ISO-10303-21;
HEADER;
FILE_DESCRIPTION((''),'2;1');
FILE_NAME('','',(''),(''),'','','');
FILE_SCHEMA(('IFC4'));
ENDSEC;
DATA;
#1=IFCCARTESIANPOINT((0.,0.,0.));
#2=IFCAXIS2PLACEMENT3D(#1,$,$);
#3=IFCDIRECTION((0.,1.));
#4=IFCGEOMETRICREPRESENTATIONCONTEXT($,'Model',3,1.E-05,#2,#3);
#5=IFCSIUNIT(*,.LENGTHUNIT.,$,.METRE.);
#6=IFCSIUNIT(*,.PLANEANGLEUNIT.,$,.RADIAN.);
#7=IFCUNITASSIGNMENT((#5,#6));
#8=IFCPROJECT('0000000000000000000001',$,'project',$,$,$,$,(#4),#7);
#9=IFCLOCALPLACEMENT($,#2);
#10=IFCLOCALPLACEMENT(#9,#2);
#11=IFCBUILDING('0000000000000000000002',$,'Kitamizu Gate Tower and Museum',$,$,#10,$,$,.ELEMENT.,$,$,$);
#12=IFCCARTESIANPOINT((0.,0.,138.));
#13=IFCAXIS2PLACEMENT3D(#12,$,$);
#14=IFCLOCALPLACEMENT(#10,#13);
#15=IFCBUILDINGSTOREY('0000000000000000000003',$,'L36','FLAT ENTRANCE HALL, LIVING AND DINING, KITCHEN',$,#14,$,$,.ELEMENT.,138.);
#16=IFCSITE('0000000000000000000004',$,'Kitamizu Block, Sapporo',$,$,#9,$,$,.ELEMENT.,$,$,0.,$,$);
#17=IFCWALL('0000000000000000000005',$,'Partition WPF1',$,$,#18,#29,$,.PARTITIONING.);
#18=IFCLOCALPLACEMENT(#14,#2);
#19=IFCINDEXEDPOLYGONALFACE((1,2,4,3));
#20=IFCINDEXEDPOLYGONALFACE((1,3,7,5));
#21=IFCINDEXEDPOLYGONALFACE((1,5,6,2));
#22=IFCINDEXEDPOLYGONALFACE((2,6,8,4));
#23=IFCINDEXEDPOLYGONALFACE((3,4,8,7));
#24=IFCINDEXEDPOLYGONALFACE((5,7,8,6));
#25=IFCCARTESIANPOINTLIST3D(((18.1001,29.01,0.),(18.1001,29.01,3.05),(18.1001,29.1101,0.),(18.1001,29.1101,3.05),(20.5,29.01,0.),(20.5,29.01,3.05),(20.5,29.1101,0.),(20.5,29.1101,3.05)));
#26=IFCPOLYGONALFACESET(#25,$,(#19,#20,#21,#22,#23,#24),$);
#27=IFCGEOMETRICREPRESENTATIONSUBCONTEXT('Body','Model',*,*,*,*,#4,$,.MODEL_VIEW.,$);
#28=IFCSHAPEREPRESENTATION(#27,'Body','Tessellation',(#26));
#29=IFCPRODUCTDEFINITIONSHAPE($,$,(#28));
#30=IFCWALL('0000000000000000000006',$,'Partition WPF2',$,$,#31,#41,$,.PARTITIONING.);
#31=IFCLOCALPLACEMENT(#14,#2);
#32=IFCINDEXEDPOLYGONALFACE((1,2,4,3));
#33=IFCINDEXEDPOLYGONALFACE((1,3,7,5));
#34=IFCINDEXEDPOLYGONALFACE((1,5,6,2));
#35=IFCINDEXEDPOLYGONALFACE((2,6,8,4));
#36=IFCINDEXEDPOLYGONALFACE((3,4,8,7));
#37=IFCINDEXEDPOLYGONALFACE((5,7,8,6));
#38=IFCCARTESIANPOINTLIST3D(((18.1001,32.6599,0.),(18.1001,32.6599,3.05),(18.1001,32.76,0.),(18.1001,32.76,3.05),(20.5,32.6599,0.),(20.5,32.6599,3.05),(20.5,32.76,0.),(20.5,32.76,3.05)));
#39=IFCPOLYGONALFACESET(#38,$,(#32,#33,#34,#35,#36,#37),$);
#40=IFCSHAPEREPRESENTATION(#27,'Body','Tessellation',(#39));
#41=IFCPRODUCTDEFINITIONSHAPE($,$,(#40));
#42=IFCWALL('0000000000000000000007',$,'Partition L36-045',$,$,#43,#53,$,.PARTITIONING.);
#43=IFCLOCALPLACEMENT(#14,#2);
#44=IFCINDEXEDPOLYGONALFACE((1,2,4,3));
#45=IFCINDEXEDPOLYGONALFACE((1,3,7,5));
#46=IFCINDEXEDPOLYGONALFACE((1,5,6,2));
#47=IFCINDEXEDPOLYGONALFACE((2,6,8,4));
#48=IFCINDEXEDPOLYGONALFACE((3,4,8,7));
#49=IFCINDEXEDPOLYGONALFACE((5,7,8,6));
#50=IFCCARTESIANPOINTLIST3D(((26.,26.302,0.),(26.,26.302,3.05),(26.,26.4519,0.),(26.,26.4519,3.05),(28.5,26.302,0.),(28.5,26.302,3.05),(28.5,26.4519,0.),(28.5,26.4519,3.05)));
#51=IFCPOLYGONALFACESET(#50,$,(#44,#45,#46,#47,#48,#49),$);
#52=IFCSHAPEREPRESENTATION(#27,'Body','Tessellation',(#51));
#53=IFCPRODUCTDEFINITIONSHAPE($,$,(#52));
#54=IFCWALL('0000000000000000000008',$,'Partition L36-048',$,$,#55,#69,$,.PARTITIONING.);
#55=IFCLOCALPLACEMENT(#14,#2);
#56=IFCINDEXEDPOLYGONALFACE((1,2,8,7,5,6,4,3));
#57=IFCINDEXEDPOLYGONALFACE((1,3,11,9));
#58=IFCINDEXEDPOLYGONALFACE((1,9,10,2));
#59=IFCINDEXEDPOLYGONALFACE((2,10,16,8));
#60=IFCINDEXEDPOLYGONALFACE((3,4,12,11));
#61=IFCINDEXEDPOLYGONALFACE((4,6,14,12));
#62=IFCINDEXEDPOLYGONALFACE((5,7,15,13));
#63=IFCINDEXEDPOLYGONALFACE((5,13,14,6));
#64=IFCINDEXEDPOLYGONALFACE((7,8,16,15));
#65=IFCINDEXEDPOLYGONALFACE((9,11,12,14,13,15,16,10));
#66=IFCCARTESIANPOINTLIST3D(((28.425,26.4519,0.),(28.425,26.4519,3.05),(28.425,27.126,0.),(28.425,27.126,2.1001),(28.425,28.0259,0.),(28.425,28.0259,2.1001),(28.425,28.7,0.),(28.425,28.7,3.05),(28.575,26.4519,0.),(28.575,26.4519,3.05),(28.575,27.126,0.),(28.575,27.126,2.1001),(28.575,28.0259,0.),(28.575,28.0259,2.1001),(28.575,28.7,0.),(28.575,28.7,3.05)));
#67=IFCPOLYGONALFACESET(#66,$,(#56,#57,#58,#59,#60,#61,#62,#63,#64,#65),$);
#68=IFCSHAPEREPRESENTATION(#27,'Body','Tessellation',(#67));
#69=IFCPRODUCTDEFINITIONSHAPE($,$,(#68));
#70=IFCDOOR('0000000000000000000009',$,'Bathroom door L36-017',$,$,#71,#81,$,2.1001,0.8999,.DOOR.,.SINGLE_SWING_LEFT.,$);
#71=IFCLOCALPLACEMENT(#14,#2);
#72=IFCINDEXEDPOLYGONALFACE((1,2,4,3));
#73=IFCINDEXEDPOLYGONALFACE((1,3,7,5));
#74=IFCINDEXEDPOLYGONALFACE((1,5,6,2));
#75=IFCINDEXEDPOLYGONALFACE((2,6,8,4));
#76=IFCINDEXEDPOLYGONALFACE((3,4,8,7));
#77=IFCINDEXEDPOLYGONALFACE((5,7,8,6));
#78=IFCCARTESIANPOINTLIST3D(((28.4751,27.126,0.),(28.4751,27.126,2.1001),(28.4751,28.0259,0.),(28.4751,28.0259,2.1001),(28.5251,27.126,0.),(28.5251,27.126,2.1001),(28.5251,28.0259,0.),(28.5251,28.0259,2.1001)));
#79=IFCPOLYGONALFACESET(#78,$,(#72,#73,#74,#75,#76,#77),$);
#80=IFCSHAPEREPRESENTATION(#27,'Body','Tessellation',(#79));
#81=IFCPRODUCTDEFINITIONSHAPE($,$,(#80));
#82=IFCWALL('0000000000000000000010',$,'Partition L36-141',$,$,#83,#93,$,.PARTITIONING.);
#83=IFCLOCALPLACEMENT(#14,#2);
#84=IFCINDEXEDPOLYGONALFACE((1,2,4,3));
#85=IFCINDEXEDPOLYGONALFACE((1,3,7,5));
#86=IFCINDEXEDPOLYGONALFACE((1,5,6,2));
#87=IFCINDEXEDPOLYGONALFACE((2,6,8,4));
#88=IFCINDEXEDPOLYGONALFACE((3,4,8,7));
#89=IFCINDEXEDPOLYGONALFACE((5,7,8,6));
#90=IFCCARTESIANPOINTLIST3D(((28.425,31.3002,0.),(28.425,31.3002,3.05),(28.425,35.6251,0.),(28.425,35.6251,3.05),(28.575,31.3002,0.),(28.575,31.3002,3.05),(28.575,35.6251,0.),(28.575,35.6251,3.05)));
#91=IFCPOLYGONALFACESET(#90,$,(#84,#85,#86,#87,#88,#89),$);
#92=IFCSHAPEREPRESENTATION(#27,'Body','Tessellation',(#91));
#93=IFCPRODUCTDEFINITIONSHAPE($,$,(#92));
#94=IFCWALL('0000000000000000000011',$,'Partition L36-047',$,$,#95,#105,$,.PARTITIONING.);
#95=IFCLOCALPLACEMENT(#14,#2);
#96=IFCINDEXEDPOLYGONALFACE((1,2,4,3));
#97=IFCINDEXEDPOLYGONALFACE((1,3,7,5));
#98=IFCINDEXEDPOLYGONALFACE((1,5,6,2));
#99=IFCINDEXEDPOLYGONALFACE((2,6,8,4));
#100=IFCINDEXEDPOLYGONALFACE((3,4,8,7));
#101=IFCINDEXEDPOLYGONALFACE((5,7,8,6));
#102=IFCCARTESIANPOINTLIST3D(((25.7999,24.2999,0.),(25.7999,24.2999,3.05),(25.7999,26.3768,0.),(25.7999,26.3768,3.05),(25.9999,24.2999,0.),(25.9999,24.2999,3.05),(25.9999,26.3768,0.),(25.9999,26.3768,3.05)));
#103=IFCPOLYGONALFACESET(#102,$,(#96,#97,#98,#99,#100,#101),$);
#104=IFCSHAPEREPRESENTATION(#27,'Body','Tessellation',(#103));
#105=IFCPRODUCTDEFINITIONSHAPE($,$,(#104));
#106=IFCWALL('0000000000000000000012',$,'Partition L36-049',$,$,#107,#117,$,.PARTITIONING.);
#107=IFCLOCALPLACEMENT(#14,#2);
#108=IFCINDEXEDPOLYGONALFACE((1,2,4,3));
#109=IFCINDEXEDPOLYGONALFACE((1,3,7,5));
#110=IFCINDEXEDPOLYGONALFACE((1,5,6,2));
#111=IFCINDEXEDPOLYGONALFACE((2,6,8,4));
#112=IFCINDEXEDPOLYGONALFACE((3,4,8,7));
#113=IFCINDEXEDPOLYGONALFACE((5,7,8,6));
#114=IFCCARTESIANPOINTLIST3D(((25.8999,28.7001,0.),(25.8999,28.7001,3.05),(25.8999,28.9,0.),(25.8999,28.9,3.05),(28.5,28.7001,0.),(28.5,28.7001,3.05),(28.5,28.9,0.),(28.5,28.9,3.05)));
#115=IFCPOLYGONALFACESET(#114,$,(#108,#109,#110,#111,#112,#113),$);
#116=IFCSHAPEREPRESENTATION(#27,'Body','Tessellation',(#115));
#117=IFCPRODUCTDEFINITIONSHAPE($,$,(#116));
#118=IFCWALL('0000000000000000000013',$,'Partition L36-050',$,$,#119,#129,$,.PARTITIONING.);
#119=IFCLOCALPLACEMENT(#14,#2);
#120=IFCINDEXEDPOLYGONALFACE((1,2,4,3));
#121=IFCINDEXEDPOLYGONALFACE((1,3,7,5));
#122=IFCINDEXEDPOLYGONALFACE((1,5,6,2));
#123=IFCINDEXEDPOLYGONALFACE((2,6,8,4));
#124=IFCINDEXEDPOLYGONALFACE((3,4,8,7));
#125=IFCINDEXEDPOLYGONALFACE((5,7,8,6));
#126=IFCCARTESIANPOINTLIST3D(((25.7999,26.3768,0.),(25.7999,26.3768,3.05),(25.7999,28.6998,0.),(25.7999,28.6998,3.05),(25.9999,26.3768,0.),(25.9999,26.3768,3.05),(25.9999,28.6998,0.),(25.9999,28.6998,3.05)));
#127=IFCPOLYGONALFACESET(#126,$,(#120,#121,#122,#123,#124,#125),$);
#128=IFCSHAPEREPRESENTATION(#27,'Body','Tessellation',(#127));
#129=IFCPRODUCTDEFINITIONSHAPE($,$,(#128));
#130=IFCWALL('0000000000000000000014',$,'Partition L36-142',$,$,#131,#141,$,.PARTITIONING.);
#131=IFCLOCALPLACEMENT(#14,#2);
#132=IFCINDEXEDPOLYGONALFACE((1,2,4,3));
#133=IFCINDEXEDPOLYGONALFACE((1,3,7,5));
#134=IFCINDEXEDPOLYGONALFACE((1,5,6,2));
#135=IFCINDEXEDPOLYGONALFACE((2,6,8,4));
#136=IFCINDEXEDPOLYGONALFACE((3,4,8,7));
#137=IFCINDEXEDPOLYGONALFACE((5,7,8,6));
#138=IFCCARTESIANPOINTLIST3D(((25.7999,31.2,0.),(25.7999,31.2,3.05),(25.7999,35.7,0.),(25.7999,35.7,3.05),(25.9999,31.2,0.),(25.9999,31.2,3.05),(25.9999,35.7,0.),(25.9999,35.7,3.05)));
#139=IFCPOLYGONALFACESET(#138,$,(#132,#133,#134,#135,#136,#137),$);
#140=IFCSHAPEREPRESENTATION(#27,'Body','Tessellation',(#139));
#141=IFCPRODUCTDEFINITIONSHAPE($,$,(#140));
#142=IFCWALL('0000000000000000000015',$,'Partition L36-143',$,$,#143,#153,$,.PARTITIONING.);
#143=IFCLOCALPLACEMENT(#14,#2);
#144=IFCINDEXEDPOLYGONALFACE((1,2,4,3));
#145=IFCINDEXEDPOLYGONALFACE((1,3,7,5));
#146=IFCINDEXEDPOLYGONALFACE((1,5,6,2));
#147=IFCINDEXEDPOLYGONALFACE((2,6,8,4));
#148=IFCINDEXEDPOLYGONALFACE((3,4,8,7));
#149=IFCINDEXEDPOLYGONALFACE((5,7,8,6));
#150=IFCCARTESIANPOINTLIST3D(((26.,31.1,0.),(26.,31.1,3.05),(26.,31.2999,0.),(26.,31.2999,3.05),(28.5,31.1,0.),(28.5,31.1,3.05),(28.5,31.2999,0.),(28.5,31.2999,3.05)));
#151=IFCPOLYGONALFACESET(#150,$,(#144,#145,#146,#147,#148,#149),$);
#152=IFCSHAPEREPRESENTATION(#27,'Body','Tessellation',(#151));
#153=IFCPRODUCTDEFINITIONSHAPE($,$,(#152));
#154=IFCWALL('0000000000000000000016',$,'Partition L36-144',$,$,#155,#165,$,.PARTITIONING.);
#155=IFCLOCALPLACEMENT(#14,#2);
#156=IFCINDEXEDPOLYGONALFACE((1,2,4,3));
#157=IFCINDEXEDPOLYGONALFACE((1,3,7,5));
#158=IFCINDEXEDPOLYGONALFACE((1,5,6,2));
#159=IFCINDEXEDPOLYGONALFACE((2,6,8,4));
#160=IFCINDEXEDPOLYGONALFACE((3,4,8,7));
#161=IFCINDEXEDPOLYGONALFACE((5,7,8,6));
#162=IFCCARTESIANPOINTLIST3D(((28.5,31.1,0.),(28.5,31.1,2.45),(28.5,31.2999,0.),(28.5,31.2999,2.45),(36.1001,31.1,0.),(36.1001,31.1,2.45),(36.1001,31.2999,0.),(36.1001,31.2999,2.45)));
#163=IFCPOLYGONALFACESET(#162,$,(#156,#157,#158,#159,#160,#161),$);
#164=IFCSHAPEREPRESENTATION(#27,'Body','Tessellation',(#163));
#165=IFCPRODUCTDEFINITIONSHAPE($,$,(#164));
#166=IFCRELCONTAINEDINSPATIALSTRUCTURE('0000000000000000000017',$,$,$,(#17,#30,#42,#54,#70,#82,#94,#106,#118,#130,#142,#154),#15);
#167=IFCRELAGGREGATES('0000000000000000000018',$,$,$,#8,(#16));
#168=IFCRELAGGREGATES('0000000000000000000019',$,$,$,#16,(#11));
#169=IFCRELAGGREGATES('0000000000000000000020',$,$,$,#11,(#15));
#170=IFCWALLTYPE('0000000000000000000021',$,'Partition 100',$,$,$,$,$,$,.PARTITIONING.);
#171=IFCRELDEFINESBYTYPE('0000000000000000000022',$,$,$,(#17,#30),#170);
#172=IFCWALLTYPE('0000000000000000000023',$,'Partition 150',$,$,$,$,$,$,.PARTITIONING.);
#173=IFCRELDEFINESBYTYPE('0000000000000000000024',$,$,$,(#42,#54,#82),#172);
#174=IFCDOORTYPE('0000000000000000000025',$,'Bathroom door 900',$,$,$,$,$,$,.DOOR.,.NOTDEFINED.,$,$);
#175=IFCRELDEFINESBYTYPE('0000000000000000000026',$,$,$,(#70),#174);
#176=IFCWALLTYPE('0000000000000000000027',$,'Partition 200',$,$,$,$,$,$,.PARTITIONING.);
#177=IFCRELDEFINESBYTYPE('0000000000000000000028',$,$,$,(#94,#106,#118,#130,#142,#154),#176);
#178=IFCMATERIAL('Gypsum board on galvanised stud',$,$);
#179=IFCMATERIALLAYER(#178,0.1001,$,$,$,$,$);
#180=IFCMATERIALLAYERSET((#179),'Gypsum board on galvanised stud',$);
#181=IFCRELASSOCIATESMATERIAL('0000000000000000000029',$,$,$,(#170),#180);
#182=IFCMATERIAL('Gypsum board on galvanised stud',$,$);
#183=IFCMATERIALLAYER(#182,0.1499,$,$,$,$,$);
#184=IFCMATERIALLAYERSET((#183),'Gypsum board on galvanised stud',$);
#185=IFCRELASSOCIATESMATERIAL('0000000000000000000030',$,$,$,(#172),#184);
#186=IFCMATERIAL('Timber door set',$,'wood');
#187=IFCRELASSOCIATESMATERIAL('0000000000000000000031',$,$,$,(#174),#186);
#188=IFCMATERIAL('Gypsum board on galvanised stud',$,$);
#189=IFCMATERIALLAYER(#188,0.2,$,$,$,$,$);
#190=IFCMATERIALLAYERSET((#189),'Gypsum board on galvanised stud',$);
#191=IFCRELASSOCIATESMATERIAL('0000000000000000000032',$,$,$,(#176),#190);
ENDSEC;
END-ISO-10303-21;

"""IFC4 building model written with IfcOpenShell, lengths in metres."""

from ifc_helpers import new_model, si_unit, direction, frame, frame_2d, origin, place, context, subcontext, project, spatial, rectangle, extrude, material, layer, layer_set, type_object, element, fill, save


model = new_model("IFC4")

# Units and contexts
model_context = context("Model", 3, precision=1e-05, world=origin(), true_north=direction((0.0, 1.0)))
body_context = subcontext(model_context, "Body", "Model", "MODEL_VIEW")
ifc_project = project(units=[si_unit("LENGTHUNIT", "METRE"), si_unit("PLANEANGLEUNIT", "RADIAN")], contexts=[model_context])

# Site, building, storey
site_placement = place(None, origin())
site = spatial("IfcSite", under=ifc_project, at=site_placement, Name="Kitamizu Block, Sapporo", CompositionType="ELEMENT", RefElevation=0.0)
building_placement = place(site_placement, origin())
building = spatial("IfcBuilding", under=site, at=building_placement, Name="Kitamizu Gate Tower and Museum", CompositionType="ELEMENT")
storey_placement = place(building_placement, frame((0.0, 0.0, 138.0)))
storey = spatial("IfcBuildingStorey", under=building, at=storey_placement, Name="L36", Description="FLAT ENTRANCE HALL, LIVING AND DINING, KITCHEN", CompositionType="ELEMENT", Elevation=138.0)

# Walls
ifc_material_1 = material(Name="Gypsum board on galvanised stud")
ifc_layer_1 = layer(ifc_material_1, 0.1001)
ifc_layer_set_1 = layer_set([ifc_layer_1], Name="Gypsum board on galvanised stud")
wall_type_1 = type_object("IfcWallType", Name="Partition 100", PredefinedType="PARTITIONING", material=ifc_layer_set_1)
for number, where, z_axis, x_axis, name in (
    (1, (18.1001, 29.0601, 0.0), (0.0, 0.0, 1.0), (1.0, 0.0, 0.0), "Partition WPF1"),
    (2, (18.1001, 32.71, 0.0), (0.0, 0.0, 1.0), (1.0, 0.0, 0.0), "Partition WPF2"),
):
    element("IfcWall", number, at=place(storey_placement, frame(where, z_axis=z_axis, x_axis=x_axis)), inside=storey, type_object=wall_type_1, Name=name, PredefinedType="PARTITIONING", context=body_context, shape_type="SweptSolid", body=[
        extrude(rectangle(XDim=2.3999, YDim=0.1001, at=frame_2d((1.2, 0.0))), origin(), (0.0, 0.0, 1.0), 3.05),
    ])
ifc_material_2 = material(Name="Gypsum board on galvanised stud")
ifc_layer_2 = layer(ifc_material_2, 0.1499)
ifc_layer_set_2 = layer_set([ifc_layer_2], Name="Gypsum board on galvanised stud")
wall_type_2 = type_object("IfcWallType", Name="Partition 150", PredefinedType="PARTITIONING", material=ifc_layer_set_2)
wall_1_placement = place(storey_placement, frame((28.5, 26.377, 0.0), z_axis=(0.0, 0.0, 1.0), x_axis=(-1.0, 0.0, 0.0)))
element("IfcWall", 3, at=wall_1_placement, inside=storey, type_object=wall_type_2, Name="Partition L36-045", PredefinedType="PARTITIONING", context=body_context, shape_type="SweptSolid", body=[
    extrude(rectangle(XDim=2.5, YDim=0.1499, at=frame_2d((1.25, 0.0))), origin(), (0.0, 0.0, 1.0), 3.05),
])

# Wall, opening, door
wall_2_placement = place(storey_placement, frame((28.5, 26.4519, 0.0), z_axis=(0.0, 0.0, 1.0), x_axis=(0.0, 1.0, 0.0)))
wall_2 = element("IfcWall", 4, at=wall_2_placement, inside=storey, type_object=wall_type_2, Name="Partition L36-048", PredefinedType="PARTITIONING", context=body_context, shape_type="SweptSolid", body=[
    extrude(rectangle(XDim=2.248, YDim=0.1499, at=frame_2d((1.124, 0.0))), origin(), (0.0, 0.0, 1.0), 3.05),
])
opening_1_placement = place(wall_2_placement, frame((0.6741, 0.0, 0.0)))
opening_1 = element("IfcOpeningElement", 5, at=opening_1_placement, cuts=wall_2, PredefinedType="OPENING", context=body_context, shape_type="SweptSolid", body=[
    extrude(rectangle(XDim=0.8999, YDim=2.1001, at=frame_2d((0.45, 1.05))), frame((0.0, 0.085, 0.0), z_axis=(0.0, -1.0, 0.0), x_axis=(1.0, 0.0, 0.0)), (0.0, 0.0, 1.0), 0.1699),
])
ifc_material_3 = material(Name="Timber door set", Category="wood")
door_type_1 = type_object("IfcDoorType", Name="Bathroom door 900", OperationType="NOTDEFINED", PredefinedType="DOOR", material=ifc_material_3)
door_1_placement = place(opening_1_placement, origin())
door_1 = element("IfcDoor", 6, at=door_1_placement, inside=storey, type_object=door_type_1, Name="Bathroom door L36-017", OperationType="SINGLE_SWING_LEFT", OverallHeight=2.1001, OverallWidth=0.8999, PredefinedType="DOOR", context=body_context, shape_type="SweptSolid", body=[
    extrude(rectangle(XDim=0.8999, YDim=2.1001, at=frame_2d((0.45, 1.05))), frame((0.0, 0.0249, 0.0), z_axis=(0.0, -1.0, 0.0), x_axis=(1.0, 0.0, 0.0)), (0.0, 0.0, 1.0), 0.05),
])
fill(opening_1, door_1)

# Walls
wall_3_placement = place(storey_placement, frame((28.5, 31.3, 0.0), z_axis=(0.0, 0.0, 1.0), x_axis=(0.0, 1.0, 0.0)))
element("IfcWall", 7, at=wall_3_placement, inside=storey, type_object=wall_type_2, Name="Partition L36-141", PredefinedType="PARTITIONING", context=body_context, shape_type="SweptSolid", body=[
    extrude(rectangle(XDim=4.325, YDim=0.1499, at=frame_2d((2.1626, 0.0))), origin(), (0.0, 0.0, 1.0), 3.05),
])
ifc_material_4 = material(Name="Gypsum board on galvanised stud")
ifc_layer_3 = layer(ifc_material_4, 0.2)
ifc_layer_set_3 = layer_set([ifc_layer_3], Name="Gypsum board on galvanised stud")
wall_type_3 = type_object("IfcWallType", Name="Partition 200", PredefinedType="PARTITIONING", material=ifc_layer_set_3)
wall_4_placement = place(storey_placement, frame((25.8999, 26.377, 0.0), z_axis=(0.0, 0.0, 1.0), x_axis=(0.0, -1.0, 0.0)))
element("IfcWall", 8, at=wall_4_placement, inside=storey, type_object=wall_type_3, Name="Partition L36-047", PredefinedType="PARTITIONING", context=body_context, shape_type="SweptSolid", body=[
    extrude(rectangle(XDim=2.0769, YDim=0.2, at=frame_2d((1.0386, 0.0))), origin(), (0.0, 0.0, 1.0), 3.05),
])
wall_5_placement = place(storey_placement, frame((28.5, 28.8, 0.0), z_axis=(0.0, 0.0, 1.0), x_axis=(-1.0, 0.0, 0.0)))
element("IfcWall", 9, at=wall_5_placement, inside=storey, type_object=wall_type_3, Name="Partition L36-049", PredefinedType="PARTITIONING", context=body_context, shape_type="SweptSolid", body=[
    extrude(rectangle(XDim=2.6001, YDim=0.2, at=frame_2d((1.3, 0.0))), origin(), (0.0, 0.0, 1.0), 3.05),
])
wall_6_placement = place(storey_placement, frame((25.8999, 28.7, 0.0), z_axis=(0.0, 0.0, 1.0), x_axis=(0.0, -1.0, 0.0)))
element("IfcWall", 10, at=wall_6_placement, inside=storey, type_object=wall_type_3, Name="Partition L36-050", PredefinedType="PARTITIONING", context=body_context, shape_type="SweptSolid", body=[
    extrude(rectangle(XDim=2.323, YDim=0.2, at=frame_2d((1.1616, 0.0))), origin(), (0.0, 0.0, 1.0), 3.05),
])
wall_7_placement = place(storey_placement, frame((25.8999, 35.7, 0.0), z_axis=(0.0, 0.0, 1.0), x_axis=(0.0, -1.0, 0.0)))
element("IfcWall", 11, at=wall_7_placement, inside=storey, type_object=wall_type_3, Name="Partition L36-142", PredefinedType="PARTITIONING", context=body_context, shape_type="SweptSolid", body=[
    extrude(rectangle(XDim=4.5, YDim=0.2, at=frame_2d((2.25, 0.0))), origin(), (0.0, 0.0, 1.0), 3.05),
])
wall_8_placement = place(storey_placement, frame((26.0, 31.2, 0.0), z_axis=(0.0, 0.0, 1.0), x_axis=(1.0, 0.0, 0.0)))
element("IfcWall", 12, at=wall_8_placement, inside=storey, type_object=wall_type_3, Name="Partition L36-143", PredefinedType="PARTITIONING", context=body_context, shape_type="SweptSolid", body=[
    extrude(rectangle(XDim=2.5, YDim=0.2, at=frame_2d((1.25, 0.0))), origin(), (0.0, 0.0, 1.0), 3.05),
])
wall_9_placement = place(storey_placement, frame((28.5, 31.2, 0.0), z_axis=(0.0, 0.0, 1.0), x_axis=(1.0, 0.0, 0.0)))
element("IfcWall", 13, at=wall_9_placement, inside=storey, type_object=wall_type_3, Name="Partition L36-144", PredefinedType="PARTITIONING", context=body_context, shape_type="SweptSolid", body=[
    extrude(rectangle(XDim=7.6001, YDim=0.2, at=frame_2d((3.8, 0.0))), origin(), (0.0, 0.0, 1.0), 2.45),
])

save(model, "model.ifc")
